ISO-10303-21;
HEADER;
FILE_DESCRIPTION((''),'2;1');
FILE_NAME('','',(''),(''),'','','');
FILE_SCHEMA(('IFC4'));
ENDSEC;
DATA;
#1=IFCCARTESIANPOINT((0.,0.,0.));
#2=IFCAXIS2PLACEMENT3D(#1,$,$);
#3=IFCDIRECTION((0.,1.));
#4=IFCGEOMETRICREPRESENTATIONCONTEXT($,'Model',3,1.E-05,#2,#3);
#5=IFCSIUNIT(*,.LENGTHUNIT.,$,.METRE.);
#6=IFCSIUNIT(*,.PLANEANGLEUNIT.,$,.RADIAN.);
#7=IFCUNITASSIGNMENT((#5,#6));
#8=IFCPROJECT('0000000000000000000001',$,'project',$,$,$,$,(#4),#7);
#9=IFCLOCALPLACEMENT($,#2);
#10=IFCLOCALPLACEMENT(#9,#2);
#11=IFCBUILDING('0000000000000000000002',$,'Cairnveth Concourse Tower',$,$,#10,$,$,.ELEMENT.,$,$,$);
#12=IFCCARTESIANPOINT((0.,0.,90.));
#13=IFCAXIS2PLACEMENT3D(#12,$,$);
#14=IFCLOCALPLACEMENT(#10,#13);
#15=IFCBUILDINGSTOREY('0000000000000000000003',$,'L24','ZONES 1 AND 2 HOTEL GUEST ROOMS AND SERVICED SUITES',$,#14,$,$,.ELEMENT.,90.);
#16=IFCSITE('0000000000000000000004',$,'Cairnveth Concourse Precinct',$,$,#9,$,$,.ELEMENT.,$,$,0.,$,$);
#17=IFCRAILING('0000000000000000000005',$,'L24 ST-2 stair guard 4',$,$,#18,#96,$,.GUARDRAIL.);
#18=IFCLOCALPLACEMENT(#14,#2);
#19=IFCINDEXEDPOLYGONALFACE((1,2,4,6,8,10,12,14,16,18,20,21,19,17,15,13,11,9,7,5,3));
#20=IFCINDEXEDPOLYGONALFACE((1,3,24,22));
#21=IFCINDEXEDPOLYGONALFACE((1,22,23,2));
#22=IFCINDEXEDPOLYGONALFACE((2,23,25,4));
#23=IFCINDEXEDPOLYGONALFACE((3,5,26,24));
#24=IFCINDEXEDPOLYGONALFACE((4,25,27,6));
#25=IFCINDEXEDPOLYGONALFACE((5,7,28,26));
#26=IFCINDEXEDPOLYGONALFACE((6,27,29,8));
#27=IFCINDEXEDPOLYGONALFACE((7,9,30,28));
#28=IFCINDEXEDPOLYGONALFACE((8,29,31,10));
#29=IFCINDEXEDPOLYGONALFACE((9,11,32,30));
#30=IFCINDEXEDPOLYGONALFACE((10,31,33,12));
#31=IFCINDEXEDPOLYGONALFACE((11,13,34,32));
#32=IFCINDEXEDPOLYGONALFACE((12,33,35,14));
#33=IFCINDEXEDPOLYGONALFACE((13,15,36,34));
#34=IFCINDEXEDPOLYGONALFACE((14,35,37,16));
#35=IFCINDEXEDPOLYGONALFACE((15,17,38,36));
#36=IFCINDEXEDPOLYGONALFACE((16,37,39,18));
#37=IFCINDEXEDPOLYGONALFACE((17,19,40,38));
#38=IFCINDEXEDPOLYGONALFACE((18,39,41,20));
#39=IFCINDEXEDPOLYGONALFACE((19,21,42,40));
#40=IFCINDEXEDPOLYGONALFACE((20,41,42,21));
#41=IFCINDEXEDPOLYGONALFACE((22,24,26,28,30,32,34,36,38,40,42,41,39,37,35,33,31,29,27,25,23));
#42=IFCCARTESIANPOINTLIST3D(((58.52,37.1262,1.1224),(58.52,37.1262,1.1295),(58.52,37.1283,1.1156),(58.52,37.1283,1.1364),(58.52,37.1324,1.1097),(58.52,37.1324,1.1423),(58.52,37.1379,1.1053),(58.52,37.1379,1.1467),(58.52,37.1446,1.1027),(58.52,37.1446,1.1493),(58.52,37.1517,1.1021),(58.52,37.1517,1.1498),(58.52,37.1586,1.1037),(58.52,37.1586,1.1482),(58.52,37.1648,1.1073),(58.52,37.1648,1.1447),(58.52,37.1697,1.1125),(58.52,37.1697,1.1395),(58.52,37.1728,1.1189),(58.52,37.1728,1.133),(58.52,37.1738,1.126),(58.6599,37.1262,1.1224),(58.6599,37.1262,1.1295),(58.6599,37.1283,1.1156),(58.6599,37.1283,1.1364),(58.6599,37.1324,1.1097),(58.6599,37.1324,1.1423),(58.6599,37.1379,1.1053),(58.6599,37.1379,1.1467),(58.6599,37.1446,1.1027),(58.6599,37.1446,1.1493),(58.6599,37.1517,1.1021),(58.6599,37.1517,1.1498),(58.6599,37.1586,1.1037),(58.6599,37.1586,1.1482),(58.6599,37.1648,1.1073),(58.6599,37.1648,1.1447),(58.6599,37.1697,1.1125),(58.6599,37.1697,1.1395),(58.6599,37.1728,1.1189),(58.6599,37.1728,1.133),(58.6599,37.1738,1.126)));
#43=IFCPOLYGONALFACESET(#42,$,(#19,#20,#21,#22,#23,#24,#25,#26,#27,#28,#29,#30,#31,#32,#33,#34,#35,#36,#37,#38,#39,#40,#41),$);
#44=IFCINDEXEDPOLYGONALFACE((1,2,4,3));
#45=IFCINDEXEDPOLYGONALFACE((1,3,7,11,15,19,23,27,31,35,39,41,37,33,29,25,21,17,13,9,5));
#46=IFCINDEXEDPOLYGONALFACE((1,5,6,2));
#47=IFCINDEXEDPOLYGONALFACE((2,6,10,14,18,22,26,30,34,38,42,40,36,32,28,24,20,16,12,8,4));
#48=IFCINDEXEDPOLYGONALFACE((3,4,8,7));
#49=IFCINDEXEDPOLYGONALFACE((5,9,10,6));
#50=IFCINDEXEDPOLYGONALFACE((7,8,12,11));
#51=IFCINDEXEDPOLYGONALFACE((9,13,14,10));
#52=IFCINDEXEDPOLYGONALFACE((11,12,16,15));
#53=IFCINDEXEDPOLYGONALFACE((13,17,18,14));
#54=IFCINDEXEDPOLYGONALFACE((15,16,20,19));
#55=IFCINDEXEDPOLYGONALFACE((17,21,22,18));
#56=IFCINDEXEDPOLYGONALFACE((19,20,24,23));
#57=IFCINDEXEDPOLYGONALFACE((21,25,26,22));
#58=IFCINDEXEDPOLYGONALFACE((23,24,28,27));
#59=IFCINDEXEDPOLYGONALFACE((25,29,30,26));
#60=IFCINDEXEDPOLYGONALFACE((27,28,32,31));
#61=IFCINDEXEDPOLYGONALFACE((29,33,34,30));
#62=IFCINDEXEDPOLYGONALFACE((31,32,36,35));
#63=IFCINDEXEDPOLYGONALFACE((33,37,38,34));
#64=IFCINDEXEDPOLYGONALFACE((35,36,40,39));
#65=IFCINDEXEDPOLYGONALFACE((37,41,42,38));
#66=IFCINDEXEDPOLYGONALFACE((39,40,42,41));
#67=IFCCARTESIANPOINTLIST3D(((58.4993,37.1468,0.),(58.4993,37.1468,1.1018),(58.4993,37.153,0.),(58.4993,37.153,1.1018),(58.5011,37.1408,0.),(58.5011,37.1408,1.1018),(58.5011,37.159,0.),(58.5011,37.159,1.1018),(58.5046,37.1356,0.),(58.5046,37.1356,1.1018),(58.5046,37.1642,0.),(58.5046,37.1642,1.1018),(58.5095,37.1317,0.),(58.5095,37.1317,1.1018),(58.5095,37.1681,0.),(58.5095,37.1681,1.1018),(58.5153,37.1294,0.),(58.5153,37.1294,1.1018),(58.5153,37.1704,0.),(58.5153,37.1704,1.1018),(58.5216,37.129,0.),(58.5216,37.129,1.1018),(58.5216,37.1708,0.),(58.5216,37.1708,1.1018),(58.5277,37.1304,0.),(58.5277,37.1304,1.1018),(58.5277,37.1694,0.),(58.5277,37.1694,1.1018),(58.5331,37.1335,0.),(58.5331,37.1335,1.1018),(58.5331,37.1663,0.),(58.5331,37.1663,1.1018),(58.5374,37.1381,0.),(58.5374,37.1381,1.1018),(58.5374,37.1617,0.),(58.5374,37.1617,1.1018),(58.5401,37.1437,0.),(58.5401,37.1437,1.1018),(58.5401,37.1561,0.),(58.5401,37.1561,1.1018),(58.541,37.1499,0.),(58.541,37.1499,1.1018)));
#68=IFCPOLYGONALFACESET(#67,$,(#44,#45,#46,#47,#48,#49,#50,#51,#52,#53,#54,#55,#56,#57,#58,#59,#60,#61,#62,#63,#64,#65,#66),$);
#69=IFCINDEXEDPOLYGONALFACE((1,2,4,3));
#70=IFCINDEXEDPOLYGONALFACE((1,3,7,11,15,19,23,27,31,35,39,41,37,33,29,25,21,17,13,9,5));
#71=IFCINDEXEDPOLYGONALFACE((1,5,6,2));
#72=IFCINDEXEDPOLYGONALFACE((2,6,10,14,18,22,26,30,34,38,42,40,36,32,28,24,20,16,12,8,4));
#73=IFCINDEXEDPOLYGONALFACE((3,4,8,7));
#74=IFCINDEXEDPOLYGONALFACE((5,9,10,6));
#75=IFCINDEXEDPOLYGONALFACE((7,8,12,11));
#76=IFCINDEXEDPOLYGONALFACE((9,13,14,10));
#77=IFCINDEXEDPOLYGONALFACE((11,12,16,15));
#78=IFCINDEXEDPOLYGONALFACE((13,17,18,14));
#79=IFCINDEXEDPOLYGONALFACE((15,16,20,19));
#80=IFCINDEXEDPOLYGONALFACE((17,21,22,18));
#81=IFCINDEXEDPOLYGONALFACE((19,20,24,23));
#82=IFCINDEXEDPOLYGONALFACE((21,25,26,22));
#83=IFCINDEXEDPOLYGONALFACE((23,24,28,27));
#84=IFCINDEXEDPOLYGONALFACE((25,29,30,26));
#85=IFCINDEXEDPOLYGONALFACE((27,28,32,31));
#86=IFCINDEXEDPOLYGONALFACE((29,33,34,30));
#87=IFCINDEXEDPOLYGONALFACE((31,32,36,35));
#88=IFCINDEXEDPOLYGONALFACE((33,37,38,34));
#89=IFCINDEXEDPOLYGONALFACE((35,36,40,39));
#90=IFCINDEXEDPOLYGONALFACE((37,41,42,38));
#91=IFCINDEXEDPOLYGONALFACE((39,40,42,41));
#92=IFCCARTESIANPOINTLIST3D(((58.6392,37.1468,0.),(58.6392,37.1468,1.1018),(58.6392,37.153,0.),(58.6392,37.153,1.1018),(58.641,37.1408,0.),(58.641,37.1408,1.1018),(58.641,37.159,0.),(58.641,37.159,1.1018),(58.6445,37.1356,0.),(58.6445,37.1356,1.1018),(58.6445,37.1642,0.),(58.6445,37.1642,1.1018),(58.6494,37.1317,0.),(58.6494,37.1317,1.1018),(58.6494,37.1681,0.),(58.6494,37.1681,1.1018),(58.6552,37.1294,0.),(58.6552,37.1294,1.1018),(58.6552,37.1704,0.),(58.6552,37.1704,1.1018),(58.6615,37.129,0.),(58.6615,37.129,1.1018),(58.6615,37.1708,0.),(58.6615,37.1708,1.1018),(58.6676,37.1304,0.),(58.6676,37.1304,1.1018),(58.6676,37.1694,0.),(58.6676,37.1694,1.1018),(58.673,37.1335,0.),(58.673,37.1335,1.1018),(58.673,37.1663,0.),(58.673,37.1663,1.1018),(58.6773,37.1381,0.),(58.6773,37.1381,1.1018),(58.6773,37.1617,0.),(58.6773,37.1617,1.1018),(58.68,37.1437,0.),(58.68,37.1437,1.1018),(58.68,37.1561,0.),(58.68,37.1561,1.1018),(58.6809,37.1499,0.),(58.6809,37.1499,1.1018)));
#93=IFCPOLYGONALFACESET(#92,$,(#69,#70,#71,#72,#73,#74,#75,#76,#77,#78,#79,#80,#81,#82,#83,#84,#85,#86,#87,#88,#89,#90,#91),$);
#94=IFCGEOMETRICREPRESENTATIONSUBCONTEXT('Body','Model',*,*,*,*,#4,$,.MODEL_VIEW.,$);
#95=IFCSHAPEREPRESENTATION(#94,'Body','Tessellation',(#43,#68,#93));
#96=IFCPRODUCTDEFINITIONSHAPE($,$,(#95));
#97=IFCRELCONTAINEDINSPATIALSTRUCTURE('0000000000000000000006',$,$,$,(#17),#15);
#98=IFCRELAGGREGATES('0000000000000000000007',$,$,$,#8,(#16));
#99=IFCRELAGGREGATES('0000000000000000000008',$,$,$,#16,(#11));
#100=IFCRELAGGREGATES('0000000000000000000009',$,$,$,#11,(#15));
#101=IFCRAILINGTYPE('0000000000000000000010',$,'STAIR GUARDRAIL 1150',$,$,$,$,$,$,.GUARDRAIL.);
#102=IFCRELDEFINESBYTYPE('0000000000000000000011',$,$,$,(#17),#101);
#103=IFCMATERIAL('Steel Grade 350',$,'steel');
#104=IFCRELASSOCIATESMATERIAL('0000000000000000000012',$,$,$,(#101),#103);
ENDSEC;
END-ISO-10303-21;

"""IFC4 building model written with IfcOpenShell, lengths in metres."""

from ifc_helpers import new_model, si_unit, direction, frame, origin, origin_2d, place, context, subcontext, project, spatial, circle, extrude, material, type_object, element, save


model = new_model("IFC4")

# Units and contexts
model_context = context("Model", 3, precision=1e-05, world=origin(), true_north=direction((0.0, 1.0)))
body_context = subcontext(model_context, "Body", "Model", "MODEL_VIEW")
ifc_project = project(units=[si_unit("LENGTHUNIT", "METRE"), si_unit("PLANEANGLEUNIT", "RADIAN")], contexts=[model_context])

# Site, building, storey
site_placement = place(None, origin())
site = spatial("IfcSite", under=ifc_project, at=site_placement, Name="Cairnveth Concourse Precinct", CompositionType="ELEMENT", RefElevation=0.0)
building_placement = place(site_placement, origin())
building = spatial("IfcBuilding", under=site, at=building_placement, Name="Cairnveth Concourse Tower", CompositionType="ELEMENT")
storey_placement = place(building_placement, frame((0.0, 0.0, 90.0)))
storey = spatial("IfcBuildingStorey", under=building, at=storey_placement, Name="L24", Description="ZONES 1 AND 2 HOTEL GUEST ROOMS AND SERVICED SUITES", CompositionType="ELEMENT", Elevation=90.0)

# Shared definitions
ifc_material_1 = material(Name="Steel Grade 350", Category="steel")

# Railing
railing_type_1 = type_object("IfcRailingType", Name="STAIR GUARDRAIL 1150", PredefinedType="GUARDRAIL", material=ifc_material_1)
railing_1_placement = place(storey_placement, frame((58.52, 37.1499, 0.0)))
element("IfcRailing", 1, at=railing_1_placement, inside=storey, type_object=railing_type_1, Name="L24 ST-2 stair guard 4", PredefinedType="GUARDRAIL", context=body_context, shape_type="SweptSolid", body=[
    extrude(circle(Radius=0.0239, at=origin_2d()), frame((0.0, 0.0, 1.126), z_axis=(1.0, 0.0, 0.0), x_axis=(0.0, 1.0, 0.0)), (0.0, 0.0, 1.0), 0.1399),
    extrude(circle(Radius=0.021, at=origin_2d()), origin(), (0.0, 0.0, 1.0), 1.1018),
    extrude(circle(Radius=0.021, at=origin_2d()), frame((0.1399, 0.0, 0.0)), (0.0, 0.0, 1.0), 1.1018),
])

save(model, "model.ifc")
